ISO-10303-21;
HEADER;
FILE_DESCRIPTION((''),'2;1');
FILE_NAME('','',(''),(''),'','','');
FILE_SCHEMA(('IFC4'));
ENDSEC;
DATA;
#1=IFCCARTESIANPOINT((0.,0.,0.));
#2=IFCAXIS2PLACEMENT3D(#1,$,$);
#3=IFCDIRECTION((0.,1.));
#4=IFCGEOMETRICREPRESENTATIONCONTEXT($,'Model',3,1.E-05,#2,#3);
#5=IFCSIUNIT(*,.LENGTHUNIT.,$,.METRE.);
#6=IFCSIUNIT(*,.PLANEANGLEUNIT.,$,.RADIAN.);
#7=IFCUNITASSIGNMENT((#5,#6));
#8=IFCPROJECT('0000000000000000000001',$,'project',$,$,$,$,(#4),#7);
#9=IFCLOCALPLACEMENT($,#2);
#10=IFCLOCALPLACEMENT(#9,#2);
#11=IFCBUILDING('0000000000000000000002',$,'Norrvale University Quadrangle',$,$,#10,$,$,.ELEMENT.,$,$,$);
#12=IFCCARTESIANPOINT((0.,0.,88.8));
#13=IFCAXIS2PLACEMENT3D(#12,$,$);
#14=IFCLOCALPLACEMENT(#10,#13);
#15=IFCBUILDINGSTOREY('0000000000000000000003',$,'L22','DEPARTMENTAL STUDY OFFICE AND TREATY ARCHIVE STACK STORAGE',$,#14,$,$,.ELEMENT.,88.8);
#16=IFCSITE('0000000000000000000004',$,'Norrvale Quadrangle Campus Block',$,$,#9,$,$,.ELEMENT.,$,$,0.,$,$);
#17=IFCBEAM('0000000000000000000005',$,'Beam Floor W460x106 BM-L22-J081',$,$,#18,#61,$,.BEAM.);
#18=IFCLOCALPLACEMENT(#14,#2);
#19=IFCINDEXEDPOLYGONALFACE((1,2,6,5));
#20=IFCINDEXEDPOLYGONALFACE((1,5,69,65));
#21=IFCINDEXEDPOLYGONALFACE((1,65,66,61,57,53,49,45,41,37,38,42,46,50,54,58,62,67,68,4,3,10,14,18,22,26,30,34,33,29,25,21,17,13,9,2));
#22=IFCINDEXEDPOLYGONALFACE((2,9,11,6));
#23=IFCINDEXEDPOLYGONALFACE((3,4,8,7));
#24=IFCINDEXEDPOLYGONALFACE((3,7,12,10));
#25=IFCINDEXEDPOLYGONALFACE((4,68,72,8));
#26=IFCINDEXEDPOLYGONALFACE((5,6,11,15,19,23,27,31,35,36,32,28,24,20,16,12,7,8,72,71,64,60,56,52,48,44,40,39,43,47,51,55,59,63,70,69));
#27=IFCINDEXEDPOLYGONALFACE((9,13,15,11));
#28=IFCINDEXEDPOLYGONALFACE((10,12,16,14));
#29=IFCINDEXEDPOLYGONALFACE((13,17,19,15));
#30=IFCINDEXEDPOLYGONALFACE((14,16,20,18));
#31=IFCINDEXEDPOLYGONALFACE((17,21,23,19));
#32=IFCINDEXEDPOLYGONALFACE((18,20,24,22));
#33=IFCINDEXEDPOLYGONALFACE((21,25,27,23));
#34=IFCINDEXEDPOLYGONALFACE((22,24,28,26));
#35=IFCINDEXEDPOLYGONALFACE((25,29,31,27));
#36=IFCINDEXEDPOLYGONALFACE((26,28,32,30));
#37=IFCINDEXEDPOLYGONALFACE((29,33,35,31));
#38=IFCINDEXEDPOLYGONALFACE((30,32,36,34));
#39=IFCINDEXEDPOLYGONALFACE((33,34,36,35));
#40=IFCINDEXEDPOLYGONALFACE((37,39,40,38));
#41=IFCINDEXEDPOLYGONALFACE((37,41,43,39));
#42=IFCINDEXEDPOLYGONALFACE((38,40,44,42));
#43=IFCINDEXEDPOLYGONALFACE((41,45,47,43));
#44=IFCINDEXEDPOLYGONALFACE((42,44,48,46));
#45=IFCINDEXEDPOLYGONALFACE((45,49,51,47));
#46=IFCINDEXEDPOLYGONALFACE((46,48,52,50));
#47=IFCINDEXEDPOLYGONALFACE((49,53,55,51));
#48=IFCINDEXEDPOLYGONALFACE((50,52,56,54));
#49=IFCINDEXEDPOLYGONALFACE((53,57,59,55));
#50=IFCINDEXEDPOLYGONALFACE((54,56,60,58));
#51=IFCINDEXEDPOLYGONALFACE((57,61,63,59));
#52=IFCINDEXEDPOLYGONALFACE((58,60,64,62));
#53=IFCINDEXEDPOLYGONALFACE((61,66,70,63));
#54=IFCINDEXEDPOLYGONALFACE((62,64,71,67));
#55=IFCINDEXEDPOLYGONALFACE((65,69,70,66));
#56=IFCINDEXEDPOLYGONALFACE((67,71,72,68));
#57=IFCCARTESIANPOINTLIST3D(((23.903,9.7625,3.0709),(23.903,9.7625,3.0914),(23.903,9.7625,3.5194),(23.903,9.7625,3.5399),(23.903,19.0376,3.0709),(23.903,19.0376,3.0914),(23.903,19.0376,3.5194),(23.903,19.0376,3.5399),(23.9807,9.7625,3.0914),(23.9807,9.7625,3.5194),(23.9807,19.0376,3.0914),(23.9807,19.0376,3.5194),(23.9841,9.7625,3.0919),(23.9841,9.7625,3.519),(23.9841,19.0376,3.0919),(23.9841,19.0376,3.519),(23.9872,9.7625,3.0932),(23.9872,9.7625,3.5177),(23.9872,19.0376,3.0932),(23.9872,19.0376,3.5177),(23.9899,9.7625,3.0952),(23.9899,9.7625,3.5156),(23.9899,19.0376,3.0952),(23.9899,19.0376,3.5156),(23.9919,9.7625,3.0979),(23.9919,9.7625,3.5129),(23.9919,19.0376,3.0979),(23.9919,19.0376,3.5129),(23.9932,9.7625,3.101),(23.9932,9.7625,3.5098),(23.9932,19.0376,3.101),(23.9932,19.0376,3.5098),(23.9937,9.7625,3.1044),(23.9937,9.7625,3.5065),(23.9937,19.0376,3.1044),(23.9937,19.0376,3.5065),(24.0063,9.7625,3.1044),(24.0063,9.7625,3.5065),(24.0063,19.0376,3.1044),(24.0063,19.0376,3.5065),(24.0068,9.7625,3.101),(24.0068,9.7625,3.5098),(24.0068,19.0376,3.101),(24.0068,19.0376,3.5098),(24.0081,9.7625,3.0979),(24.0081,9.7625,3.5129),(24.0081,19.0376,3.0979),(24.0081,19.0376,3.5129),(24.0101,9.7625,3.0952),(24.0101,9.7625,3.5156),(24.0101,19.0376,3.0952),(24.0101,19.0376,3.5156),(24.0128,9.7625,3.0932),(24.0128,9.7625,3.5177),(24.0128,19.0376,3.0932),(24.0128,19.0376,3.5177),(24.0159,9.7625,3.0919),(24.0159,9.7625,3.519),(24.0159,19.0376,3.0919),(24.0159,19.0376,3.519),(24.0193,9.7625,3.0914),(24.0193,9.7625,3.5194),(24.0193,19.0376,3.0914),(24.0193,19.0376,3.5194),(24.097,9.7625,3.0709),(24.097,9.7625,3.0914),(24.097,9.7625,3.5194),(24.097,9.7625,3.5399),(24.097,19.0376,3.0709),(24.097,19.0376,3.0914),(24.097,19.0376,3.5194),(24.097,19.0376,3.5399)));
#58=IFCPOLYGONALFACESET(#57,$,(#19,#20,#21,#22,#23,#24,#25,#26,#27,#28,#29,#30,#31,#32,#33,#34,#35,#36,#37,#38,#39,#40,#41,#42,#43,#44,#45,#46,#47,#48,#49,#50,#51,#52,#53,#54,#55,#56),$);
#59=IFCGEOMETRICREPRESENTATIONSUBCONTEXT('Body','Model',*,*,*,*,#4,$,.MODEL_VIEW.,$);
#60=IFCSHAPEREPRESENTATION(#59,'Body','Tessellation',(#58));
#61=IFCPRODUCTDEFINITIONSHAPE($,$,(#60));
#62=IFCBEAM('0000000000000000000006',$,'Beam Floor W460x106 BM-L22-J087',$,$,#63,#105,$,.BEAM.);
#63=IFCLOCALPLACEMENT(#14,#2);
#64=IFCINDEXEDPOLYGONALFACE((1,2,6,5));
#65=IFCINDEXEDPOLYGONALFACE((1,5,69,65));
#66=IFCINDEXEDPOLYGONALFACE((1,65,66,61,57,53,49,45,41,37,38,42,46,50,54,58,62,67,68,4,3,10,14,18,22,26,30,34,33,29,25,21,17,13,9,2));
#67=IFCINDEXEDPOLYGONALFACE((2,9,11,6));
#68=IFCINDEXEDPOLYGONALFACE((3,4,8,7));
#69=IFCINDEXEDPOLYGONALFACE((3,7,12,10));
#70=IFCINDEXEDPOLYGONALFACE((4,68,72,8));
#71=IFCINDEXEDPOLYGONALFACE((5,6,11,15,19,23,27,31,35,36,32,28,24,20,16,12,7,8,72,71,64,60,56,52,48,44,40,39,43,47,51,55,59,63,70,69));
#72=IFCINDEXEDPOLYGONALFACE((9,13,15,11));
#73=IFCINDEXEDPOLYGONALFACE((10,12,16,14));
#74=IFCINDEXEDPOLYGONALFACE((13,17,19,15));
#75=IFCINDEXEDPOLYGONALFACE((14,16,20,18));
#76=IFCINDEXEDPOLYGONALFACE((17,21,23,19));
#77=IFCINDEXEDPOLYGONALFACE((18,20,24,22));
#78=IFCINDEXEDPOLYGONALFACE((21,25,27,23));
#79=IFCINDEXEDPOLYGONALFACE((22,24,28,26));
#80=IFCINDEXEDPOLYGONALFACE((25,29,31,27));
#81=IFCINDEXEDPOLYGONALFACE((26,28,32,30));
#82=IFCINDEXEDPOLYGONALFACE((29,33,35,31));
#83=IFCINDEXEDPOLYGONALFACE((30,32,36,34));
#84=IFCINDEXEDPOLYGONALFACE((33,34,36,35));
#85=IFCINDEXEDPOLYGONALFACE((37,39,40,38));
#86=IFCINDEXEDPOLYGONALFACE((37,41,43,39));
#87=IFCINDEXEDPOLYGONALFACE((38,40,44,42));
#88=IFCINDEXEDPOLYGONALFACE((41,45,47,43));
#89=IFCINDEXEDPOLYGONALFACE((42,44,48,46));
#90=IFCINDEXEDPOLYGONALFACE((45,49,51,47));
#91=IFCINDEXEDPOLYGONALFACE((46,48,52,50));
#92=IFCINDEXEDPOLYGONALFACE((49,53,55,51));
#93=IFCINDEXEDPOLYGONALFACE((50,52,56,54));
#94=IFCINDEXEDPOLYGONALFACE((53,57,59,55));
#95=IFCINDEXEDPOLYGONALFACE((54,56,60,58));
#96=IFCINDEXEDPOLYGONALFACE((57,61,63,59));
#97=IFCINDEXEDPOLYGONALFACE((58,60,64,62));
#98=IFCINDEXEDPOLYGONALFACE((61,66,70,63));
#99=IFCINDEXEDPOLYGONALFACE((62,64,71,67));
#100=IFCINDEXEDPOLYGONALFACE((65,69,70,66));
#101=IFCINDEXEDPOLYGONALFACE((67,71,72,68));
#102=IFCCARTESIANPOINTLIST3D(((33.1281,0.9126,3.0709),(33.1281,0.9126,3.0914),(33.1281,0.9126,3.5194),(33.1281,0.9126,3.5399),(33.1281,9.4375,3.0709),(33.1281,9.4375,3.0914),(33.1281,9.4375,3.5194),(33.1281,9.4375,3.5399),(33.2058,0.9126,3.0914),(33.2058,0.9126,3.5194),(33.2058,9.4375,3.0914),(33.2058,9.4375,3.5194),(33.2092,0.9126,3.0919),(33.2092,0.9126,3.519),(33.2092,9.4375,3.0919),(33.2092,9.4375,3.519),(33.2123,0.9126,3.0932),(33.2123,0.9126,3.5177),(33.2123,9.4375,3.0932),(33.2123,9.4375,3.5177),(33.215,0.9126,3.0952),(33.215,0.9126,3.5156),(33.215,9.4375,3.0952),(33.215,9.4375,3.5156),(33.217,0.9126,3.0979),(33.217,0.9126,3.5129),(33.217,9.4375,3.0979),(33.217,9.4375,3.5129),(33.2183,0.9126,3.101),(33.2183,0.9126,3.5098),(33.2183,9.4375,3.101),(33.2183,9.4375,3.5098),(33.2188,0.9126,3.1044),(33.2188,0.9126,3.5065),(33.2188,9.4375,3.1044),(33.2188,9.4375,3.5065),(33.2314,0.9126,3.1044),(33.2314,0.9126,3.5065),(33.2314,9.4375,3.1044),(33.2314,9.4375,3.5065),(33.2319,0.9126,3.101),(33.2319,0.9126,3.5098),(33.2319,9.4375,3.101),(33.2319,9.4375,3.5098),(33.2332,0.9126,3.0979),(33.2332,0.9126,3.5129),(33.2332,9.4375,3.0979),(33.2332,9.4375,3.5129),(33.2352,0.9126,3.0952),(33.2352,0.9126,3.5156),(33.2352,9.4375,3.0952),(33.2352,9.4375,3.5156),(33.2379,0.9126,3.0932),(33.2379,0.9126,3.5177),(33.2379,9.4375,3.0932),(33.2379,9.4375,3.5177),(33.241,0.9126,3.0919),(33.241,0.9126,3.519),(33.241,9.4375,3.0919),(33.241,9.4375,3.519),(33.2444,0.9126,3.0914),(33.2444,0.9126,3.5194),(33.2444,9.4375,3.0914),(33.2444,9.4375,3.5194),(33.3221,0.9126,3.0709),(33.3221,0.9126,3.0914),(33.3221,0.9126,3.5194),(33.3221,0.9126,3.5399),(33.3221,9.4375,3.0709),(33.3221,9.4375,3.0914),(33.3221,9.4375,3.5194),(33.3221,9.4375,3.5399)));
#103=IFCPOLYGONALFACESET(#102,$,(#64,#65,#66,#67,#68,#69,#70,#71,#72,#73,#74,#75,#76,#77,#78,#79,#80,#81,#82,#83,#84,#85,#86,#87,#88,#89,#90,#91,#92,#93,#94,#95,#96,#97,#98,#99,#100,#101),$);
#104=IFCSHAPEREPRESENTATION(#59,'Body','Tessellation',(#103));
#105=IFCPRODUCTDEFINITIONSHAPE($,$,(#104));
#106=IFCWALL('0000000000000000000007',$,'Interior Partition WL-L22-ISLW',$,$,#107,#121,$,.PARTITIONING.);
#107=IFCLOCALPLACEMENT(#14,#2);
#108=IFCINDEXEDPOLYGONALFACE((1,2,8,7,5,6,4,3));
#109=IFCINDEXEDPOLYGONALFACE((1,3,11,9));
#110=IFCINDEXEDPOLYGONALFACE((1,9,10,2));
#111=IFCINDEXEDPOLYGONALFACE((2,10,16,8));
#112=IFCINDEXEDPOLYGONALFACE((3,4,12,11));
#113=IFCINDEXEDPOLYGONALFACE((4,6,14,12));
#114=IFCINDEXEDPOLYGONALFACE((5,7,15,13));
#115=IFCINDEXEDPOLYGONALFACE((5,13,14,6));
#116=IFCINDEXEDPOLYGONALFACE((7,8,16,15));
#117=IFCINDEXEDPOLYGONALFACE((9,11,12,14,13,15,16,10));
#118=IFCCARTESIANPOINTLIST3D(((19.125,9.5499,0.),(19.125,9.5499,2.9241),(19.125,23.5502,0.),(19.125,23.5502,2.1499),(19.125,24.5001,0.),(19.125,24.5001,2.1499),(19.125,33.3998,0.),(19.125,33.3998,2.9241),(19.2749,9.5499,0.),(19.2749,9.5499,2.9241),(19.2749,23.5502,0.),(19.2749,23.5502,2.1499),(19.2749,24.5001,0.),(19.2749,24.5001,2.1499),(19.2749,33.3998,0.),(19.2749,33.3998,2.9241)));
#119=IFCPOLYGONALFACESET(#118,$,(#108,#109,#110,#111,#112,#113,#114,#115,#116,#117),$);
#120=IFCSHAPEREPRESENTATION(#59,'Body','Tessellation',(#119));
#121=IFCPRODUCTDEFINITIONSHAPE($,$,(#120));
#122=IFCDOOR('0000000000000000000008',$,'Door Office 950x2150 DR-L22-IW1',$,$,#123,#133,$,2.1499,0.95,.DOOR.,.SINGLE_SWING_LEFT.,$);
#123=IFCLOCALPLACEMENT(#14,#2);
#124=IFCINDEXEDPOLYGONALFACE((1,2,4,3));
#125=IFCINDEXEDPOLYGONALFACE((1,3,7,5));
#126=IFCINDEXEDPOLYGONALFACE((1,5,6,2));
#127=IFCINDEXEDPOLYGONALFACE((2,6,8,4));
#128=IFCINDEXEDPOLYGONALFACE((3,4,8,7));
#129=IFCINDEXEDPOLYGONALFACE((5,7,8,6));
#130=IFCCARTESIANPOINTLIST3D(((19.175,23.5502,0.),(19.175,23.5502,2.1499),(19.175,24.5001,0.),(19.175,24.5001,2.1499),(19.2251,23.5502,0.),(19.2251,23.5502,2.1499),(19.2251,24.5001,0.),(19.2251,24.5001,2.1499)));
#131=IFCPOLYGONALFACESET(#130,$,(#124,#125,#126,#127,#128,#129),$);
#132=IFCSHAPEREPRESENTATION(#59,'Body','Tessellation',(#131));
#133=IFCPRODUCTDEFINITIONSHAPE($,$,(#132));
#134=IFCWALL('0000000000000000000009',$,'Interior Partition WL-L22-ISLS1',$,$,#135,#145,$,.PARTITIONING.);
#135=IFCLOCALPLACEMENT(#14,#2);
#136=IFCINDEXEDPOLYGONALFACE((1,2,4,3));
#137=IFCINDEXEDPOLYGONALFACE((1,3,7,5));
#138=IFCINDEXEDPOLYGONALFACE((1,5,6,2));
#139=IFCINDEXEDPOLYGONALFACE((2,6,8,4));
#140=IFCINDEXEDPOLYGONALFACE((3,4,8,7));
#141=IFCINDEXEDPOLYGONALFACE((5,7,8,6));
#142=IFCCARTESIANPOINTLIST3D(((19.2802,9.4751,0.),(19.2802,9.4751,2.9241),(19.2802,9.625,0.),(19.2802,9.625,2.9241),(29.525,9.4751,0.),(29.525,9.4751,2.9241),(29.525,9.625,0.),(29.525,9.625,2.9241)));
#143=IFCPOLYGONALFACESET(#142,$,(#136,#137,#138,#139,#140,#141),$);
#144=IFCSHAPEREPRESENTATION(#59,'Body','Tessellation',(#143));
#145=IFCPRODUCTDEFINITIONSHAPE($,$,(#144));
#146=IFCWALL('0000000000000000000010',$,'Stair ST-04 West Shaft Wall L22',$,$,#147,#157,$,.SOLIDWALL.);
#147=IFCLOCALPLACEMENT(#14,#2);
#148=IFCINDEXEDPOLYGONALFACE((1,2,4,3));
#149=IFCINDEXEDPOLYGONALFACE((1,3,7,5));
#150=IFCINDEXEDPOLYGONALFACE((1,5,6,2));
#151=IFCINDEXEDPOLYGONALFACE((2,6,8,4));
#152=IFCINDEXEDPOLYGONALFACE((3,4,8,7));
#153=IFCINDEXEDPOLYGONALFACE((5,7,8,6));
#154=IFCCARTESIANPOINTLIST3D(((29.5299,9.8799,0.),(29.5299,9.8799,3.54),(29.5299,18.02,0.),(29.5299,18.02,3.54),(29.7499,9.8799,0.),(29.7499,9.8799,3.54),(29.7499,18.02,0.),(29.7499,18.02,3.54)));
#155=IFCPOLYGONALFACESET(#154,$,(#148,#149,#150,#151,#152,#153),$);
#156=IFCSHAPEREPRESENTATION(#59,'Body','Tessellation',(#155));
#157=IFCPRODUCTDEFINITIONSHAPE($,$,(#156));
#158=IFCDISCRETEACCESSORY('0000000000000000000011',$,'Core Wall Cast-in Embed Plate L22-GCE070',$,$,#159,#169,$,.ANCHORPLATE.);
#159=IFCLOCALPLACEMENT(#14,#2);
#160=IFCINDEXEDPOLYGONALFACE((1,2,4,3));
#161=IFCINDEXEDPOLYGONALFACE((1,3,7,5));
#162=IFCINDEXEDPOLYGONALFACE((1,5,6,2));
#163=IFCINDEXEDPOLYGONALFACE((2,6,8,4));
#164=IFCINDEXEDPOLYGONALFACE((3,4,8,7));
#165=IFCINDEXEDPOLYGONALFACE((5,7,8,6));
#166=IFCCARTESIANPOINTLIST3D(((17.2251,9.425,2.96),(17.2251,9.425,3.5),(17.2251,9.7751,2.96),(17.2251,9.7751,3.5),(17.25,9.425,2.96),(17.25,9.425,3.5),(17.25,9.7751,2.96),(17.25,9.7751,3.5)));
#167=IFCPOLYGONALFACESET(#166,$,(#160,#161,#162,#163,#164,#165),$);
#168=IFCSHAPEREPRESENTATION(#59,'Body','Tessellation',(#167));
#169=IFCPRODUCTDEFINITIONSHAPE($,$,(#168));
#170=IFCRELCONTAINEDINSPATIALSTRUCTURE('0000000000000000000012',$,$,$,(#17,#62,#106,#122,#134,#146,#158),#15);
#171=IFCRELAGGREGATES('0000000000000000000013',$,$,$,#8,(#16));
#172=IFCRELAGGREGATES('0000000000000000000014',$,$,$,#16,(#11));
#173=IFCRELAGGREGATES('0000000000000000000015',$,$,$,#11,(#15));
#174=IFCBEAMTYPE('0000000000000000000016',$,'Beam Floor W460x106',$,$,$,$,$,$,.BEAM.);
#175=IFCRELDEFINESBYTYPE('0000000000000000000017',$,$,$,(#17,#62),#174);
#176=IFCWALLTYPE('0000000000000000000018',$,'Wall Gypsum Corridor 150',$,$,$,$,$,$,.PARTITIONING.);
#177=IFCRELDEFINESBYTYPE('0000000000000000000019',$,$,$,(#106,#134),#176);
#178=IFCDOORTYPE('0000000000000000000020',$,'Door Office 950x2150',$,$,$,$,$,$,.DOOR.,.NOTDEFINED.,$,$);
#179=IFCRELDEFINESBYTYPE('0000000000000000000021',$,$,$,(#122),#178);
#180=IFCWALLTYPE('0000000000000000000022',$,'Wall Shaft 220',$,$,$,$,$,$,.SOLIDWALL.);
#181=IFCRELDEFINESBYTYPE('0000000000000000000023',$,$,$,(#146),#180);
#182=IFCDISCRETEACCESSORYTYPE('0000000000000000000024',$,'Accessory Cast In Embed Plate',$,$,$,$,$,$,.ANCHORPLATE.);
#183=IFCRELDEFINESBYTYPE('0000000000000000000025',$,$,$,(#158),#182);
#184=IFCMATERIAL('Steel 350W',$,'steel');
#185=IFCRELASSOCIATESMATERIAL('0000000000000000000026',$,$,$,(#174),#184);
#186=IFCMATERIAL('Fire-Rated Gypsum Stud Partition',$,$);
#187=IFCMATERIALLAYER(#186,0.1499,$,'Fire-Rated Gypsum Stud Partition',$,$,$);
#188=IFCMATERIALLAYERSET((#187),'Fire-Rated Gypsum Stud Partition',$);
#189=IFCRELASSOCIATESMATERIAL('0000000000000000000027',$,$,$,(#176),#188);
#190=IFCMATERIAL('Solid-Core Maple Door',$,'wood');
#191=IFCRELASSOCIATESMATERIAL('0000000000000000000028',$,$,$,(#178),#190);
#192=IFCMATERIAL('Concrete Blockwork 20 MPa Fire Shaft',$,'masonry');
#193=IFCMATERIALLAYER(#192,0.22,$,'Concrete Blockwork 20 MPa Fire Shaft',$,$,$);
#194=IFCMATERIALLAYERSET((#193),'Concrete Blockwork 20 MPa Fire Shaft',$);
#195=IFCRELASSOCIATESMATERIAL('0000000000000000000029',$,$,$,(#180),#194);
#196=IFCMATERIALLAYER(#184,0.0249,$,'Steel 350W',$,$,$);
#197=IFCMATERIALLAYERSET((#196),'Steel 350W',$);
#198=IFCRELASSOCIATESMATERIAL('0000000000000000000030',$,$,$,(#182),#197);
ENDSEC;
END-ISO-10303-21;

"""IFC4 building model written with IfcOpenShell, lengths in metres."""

from ifc_helpers import new_model, si_unit, direction, frame, frame_2d, origin, origin_2d, place, context, subcontext, project, spatial, rectangle, i_section, extrude, material, layer, layer_set, material_profile, profile_set, type_object, element, fill, save


model = new_model("IFC4")

# Units and contexts
model_context = context("Model", 3, precision=1e-05, world=origin(), true_north=direction((0.0, 1.0)))
body_context = subcontext(model_context, "Body", "Model", "MODEL_VIEW")
ifc_project = project(units=[si_unit("LENGTHUNIT", "METRE"), si_unit("PLANEANGLEUNIT", "RADIAN")], contexts=[model_context])

# Site, building, storey
site_placement = place(None, origin())
site = spatial("IfcSite", under=ifc_project, at=site_placement, Name="Norrvale Quadrangle Campus Block", CompositionType="ELEMENT", RefElevation=0.0)
building_placement = place(site_placement, origin())
building = spatial("IfcBuilding", under=site, at=building_placement, Name="Norrvale University Quadrangle", CompositionType="ELEMENT")
storey_placement = place(building_placement, frame((0.0, 0.0, 88.8)))
storey = spatial("IfcBuildingStorey", under=building, at=storey_placement, Name="L22", Description="DEPARTMENTAL STUDY OFFICE AND TREATY ARCHIVE STACK STORAGE", CompositionType="ELEMENT", Elevation=88.8)

# Beams
ifc_material_1 = material(Name="Steel 350W", Category="steel")
ifc_material_profile_1 = material_profile(ifc_material_1, i_section(OverallWidth=0.1941, OverallDepth=0.469, WebThickness=0.0127, FlangeThickness=0.0205, FilletRadius=0.0129, at=origin_2d()), Name="Steel 350W")
ifc_profile_set_1 = profile_set([ifc_material_profile_1], Name="Steel 350W")
beam_type_1 = type_object("IfcBeamType", Name="Beam Floor W460x106", PredefinedType="BEAM", material=ifc_profile_set_1)
beam_1_placement = place(storey_placement, frame((24.0, 9.7625, 3.3054), z_axis=(0.0, 1.0, 0.0), x_axis=(-1.0, 0.0, 0.0)))
element("IfcBeam", 1, at=beam_1_placement, inside=storey, type_object=beam_type_1, Name="Beam Floor W460x106 BM-L22-J081", PredefinedType="BEAM", context=body_context, shape_type="SweptSolid", body=[
    extrude(i_section(OverallWidth=0.1941, OverallDepth=0.469, WebThickness=0.0127, FlangeThickness=0.0205, FilletRadius=0.0129, at=origin_2d()), origin(), (0.0, 0.0, 1.0), 9.2751),
])
beam_2_placement = place(storey_placement, frame((33.2251, 0.9126, 3.3054), z_axis=(0.0, 1.0, 0.0), x_axis=(-1.0, 0.0, 0.0)))
element("IfcBeam", 2, at=beam_2_placement, inside=storey, type_object=beam_type_1, Name="Beam Floor W460x106 BM-L22-J087", PredefinedType="BEAM", context=body_context, shape_type="SweptSolid", body=[
    extrude(i_section(OverallWidth=0.1941, OverallDepth=0.469, WebThickness=0.0127, FlangeThickness=0.0205, FilletRadius=0.0129, at=origin_2d()), origin(), (0.0, 0.0, 1.0), 8.5249),
])

# Wall, opening, door
ifc_material_2 = material(Name="Fire-Rated Gypsum Stud Partition")
ifc_layer_1 = layer(ifc_material_2, 0.1499, Name="Fire-Rated Gypsum Stud Partition")
ifc_layer_set_1 = layer_set([ifc_layer_1], Name="Fire-Rated Gypsum Stud Partition")
wall_type_1 = type_object("IfcWallType", Name="Wall Gypsum Corridor 150", PredefinedType="PARTITIONING", material=ifc_layer_set_1)
wall_1_placement = place(storey_placement, frame((19.2, 9.55, 0.0), z_axis=(0.0, 0.0, 1.0), x_axis=(0.0, 1.0, 0.0)))
wall_1 = element("IfcWall", 3, at=wall_1_placement, inside=storey, type_object=wall_type_1, Name="Interior Partition WL-L22-ISLW", PredefinedType="PARTITIONING", context=body_context, shape_type="SweptSolid", body=[
    extrude(rectangle(XDim=23.8499, YDim=0.1499, at=frame_2d((11.9248, 0.0))), origin(), (0.0, 0.0, 1.0), 2.9241),
])
opening_placement = place(wall_1_placement, frame((14.0, 0.0, 0.0)))
opening = element("IfcOpeningElement", 4, at=opening_placement, cuts=wall_1, PredefinedType="OPENING", context=body_context, shape_type="SweptSolid", body=[
    extrude(rectangle(XDim=0.95, YDim=2.1499, at=frame_2d((0.4751, 1.075))), frame((0.0, 0.0869, 0.0), z_axis=(0.0, -1.0, 0.0), x_axis=(1.0, 0.0, 0.0)), (0.0, 0.0, 1.0), 0.1738),
])
ifc_material_3 = material(Name="Solid-Core Maple Door", Category="wood")
door_type = type_object("IfcDoorType", Name="Door Office 950x2150", OperationType="NOTDEFINED", PredefinedType="DOOR", material=ifc_material_3)
door_placement = place(opening_placement, origin())
door = element("IfcDoor", 5, at=door_placement, inside=storey, type_object=door_type, Name="Door Office 950x2150 DR-L22-IW1", OperationType="SINGLE_SWING_LEFT", OverallHeight=2.1499, OverallWidth=0.95, PredefinedType="DOOR", context=body_context, shape_type="SweptSolid", body=[
    extrude(rectangle(XDim=0.95, YDim=2.1499, at=frame_2d((0.4751, 1.075))), frame((0.0, 0.0249, 0.0), z_axis=(0.0, -1.0, 0.0), x_axis=(1.0, 0.0, 0.0)), (0.0, 0.0, 1.0), 0.05),
])
fill(opening, door)

# Walls
wall_2_placement = place(storey_placement, frame((19.28, 9.55, 0.0), z_axis=(0.0, 0.0, 1.0), x_axis=(1.0, 0.0, 0.0)))
element("IfcWall", 6, at=wall_2_placement, inside=storey, type_object=wall_type_1, Name="Interior Partition WL-L22-ISLS1", PredefinedType="PARTITIONING", context=body_context, shape_type="SweptSolid", body=[
    extrude(rectangle(XDim=10.2449, YDim=0.1499, at=frame_2d((5.1226, 0.0))), origin(), (0.0, 0.0, 1.0), 2.9241),
])
ifc_material_4 = material(Name="Concrete Blockwork 20 MPa Fire Shaft", Category="masonry")
ifc_layer_2 = layer(ifc_material_4, 0.22, Name="Concrete Blockwork 20 MPa Fire Shaft")
ifc_layer_set_2 = layer_set([ifc_layer_2], Name="Concrete Blockwork 20 MPa Fire Shaft")
wall_type_2 = type_object("IfcWallType", Name="Wall Shaft 220", PredefinedType="SOLIDWALL", material=ifc_layer_set_2)
wall_3_placement = place(storey_placement, frame((29.6399, 9.8799, 0.0), z_axis=(0.0, 0.0, 1.0), x_axis=(0.0, 1.0, 0.0)))
element("IfcWall", 7, at=wall_3_placement, inside=storey, type_object=wall_type_2, Name="Stair ST-04 West Shaft Wall L22", PredefinedType="SOLIDWALL", context=body_context, shape_type="SweptSolid", body=[
    extrude(rectangle(XDim=8.1401, YDim=0.22, at=frame_2d((4.0701, 0.0))), origin(), (0.0, 0.0, 1.0), 3.54),
])

# Discrete accessory
ifc_layer_3 = layer(ifc_material_1, 0.0249, Name="Steel 350W")
ifc_layer_set_3 = layer_set([ifc_layer_3], Name="Steel 350W")
discrete_accessory_type = type_object("IfcDiscreteAccessoryType", Name="Accessory Cast In Embed Plate", PredefinedType="ANCHORPLATE", material=ifc_layer_set_3)
discrete_accessory_placement = place(storey_placement, frame((17.2375, 9.6001, 2.96), z_axis=(0.0, 0.0, 1.0), x_axis=(1.0, 0.0, 0.0)))
element("IfcDiscreteAccessory", 8, at=discrete_accessory_placement, inside=storey, type_object=discrete_accessory_type, Name="Core Wall Cast-in Embed Plate L22-GCE070", PredefinedType="ANCHORPLATE", context=body_context, shape_type="SweptSolid", body=[
    extrude(rectangle(XDim=0.0249, YDim=0.3501, at=origin_2d()), origin(), (0.0, 0.0, 1.0), 0.54),
])

save(model, "model.ifc")
